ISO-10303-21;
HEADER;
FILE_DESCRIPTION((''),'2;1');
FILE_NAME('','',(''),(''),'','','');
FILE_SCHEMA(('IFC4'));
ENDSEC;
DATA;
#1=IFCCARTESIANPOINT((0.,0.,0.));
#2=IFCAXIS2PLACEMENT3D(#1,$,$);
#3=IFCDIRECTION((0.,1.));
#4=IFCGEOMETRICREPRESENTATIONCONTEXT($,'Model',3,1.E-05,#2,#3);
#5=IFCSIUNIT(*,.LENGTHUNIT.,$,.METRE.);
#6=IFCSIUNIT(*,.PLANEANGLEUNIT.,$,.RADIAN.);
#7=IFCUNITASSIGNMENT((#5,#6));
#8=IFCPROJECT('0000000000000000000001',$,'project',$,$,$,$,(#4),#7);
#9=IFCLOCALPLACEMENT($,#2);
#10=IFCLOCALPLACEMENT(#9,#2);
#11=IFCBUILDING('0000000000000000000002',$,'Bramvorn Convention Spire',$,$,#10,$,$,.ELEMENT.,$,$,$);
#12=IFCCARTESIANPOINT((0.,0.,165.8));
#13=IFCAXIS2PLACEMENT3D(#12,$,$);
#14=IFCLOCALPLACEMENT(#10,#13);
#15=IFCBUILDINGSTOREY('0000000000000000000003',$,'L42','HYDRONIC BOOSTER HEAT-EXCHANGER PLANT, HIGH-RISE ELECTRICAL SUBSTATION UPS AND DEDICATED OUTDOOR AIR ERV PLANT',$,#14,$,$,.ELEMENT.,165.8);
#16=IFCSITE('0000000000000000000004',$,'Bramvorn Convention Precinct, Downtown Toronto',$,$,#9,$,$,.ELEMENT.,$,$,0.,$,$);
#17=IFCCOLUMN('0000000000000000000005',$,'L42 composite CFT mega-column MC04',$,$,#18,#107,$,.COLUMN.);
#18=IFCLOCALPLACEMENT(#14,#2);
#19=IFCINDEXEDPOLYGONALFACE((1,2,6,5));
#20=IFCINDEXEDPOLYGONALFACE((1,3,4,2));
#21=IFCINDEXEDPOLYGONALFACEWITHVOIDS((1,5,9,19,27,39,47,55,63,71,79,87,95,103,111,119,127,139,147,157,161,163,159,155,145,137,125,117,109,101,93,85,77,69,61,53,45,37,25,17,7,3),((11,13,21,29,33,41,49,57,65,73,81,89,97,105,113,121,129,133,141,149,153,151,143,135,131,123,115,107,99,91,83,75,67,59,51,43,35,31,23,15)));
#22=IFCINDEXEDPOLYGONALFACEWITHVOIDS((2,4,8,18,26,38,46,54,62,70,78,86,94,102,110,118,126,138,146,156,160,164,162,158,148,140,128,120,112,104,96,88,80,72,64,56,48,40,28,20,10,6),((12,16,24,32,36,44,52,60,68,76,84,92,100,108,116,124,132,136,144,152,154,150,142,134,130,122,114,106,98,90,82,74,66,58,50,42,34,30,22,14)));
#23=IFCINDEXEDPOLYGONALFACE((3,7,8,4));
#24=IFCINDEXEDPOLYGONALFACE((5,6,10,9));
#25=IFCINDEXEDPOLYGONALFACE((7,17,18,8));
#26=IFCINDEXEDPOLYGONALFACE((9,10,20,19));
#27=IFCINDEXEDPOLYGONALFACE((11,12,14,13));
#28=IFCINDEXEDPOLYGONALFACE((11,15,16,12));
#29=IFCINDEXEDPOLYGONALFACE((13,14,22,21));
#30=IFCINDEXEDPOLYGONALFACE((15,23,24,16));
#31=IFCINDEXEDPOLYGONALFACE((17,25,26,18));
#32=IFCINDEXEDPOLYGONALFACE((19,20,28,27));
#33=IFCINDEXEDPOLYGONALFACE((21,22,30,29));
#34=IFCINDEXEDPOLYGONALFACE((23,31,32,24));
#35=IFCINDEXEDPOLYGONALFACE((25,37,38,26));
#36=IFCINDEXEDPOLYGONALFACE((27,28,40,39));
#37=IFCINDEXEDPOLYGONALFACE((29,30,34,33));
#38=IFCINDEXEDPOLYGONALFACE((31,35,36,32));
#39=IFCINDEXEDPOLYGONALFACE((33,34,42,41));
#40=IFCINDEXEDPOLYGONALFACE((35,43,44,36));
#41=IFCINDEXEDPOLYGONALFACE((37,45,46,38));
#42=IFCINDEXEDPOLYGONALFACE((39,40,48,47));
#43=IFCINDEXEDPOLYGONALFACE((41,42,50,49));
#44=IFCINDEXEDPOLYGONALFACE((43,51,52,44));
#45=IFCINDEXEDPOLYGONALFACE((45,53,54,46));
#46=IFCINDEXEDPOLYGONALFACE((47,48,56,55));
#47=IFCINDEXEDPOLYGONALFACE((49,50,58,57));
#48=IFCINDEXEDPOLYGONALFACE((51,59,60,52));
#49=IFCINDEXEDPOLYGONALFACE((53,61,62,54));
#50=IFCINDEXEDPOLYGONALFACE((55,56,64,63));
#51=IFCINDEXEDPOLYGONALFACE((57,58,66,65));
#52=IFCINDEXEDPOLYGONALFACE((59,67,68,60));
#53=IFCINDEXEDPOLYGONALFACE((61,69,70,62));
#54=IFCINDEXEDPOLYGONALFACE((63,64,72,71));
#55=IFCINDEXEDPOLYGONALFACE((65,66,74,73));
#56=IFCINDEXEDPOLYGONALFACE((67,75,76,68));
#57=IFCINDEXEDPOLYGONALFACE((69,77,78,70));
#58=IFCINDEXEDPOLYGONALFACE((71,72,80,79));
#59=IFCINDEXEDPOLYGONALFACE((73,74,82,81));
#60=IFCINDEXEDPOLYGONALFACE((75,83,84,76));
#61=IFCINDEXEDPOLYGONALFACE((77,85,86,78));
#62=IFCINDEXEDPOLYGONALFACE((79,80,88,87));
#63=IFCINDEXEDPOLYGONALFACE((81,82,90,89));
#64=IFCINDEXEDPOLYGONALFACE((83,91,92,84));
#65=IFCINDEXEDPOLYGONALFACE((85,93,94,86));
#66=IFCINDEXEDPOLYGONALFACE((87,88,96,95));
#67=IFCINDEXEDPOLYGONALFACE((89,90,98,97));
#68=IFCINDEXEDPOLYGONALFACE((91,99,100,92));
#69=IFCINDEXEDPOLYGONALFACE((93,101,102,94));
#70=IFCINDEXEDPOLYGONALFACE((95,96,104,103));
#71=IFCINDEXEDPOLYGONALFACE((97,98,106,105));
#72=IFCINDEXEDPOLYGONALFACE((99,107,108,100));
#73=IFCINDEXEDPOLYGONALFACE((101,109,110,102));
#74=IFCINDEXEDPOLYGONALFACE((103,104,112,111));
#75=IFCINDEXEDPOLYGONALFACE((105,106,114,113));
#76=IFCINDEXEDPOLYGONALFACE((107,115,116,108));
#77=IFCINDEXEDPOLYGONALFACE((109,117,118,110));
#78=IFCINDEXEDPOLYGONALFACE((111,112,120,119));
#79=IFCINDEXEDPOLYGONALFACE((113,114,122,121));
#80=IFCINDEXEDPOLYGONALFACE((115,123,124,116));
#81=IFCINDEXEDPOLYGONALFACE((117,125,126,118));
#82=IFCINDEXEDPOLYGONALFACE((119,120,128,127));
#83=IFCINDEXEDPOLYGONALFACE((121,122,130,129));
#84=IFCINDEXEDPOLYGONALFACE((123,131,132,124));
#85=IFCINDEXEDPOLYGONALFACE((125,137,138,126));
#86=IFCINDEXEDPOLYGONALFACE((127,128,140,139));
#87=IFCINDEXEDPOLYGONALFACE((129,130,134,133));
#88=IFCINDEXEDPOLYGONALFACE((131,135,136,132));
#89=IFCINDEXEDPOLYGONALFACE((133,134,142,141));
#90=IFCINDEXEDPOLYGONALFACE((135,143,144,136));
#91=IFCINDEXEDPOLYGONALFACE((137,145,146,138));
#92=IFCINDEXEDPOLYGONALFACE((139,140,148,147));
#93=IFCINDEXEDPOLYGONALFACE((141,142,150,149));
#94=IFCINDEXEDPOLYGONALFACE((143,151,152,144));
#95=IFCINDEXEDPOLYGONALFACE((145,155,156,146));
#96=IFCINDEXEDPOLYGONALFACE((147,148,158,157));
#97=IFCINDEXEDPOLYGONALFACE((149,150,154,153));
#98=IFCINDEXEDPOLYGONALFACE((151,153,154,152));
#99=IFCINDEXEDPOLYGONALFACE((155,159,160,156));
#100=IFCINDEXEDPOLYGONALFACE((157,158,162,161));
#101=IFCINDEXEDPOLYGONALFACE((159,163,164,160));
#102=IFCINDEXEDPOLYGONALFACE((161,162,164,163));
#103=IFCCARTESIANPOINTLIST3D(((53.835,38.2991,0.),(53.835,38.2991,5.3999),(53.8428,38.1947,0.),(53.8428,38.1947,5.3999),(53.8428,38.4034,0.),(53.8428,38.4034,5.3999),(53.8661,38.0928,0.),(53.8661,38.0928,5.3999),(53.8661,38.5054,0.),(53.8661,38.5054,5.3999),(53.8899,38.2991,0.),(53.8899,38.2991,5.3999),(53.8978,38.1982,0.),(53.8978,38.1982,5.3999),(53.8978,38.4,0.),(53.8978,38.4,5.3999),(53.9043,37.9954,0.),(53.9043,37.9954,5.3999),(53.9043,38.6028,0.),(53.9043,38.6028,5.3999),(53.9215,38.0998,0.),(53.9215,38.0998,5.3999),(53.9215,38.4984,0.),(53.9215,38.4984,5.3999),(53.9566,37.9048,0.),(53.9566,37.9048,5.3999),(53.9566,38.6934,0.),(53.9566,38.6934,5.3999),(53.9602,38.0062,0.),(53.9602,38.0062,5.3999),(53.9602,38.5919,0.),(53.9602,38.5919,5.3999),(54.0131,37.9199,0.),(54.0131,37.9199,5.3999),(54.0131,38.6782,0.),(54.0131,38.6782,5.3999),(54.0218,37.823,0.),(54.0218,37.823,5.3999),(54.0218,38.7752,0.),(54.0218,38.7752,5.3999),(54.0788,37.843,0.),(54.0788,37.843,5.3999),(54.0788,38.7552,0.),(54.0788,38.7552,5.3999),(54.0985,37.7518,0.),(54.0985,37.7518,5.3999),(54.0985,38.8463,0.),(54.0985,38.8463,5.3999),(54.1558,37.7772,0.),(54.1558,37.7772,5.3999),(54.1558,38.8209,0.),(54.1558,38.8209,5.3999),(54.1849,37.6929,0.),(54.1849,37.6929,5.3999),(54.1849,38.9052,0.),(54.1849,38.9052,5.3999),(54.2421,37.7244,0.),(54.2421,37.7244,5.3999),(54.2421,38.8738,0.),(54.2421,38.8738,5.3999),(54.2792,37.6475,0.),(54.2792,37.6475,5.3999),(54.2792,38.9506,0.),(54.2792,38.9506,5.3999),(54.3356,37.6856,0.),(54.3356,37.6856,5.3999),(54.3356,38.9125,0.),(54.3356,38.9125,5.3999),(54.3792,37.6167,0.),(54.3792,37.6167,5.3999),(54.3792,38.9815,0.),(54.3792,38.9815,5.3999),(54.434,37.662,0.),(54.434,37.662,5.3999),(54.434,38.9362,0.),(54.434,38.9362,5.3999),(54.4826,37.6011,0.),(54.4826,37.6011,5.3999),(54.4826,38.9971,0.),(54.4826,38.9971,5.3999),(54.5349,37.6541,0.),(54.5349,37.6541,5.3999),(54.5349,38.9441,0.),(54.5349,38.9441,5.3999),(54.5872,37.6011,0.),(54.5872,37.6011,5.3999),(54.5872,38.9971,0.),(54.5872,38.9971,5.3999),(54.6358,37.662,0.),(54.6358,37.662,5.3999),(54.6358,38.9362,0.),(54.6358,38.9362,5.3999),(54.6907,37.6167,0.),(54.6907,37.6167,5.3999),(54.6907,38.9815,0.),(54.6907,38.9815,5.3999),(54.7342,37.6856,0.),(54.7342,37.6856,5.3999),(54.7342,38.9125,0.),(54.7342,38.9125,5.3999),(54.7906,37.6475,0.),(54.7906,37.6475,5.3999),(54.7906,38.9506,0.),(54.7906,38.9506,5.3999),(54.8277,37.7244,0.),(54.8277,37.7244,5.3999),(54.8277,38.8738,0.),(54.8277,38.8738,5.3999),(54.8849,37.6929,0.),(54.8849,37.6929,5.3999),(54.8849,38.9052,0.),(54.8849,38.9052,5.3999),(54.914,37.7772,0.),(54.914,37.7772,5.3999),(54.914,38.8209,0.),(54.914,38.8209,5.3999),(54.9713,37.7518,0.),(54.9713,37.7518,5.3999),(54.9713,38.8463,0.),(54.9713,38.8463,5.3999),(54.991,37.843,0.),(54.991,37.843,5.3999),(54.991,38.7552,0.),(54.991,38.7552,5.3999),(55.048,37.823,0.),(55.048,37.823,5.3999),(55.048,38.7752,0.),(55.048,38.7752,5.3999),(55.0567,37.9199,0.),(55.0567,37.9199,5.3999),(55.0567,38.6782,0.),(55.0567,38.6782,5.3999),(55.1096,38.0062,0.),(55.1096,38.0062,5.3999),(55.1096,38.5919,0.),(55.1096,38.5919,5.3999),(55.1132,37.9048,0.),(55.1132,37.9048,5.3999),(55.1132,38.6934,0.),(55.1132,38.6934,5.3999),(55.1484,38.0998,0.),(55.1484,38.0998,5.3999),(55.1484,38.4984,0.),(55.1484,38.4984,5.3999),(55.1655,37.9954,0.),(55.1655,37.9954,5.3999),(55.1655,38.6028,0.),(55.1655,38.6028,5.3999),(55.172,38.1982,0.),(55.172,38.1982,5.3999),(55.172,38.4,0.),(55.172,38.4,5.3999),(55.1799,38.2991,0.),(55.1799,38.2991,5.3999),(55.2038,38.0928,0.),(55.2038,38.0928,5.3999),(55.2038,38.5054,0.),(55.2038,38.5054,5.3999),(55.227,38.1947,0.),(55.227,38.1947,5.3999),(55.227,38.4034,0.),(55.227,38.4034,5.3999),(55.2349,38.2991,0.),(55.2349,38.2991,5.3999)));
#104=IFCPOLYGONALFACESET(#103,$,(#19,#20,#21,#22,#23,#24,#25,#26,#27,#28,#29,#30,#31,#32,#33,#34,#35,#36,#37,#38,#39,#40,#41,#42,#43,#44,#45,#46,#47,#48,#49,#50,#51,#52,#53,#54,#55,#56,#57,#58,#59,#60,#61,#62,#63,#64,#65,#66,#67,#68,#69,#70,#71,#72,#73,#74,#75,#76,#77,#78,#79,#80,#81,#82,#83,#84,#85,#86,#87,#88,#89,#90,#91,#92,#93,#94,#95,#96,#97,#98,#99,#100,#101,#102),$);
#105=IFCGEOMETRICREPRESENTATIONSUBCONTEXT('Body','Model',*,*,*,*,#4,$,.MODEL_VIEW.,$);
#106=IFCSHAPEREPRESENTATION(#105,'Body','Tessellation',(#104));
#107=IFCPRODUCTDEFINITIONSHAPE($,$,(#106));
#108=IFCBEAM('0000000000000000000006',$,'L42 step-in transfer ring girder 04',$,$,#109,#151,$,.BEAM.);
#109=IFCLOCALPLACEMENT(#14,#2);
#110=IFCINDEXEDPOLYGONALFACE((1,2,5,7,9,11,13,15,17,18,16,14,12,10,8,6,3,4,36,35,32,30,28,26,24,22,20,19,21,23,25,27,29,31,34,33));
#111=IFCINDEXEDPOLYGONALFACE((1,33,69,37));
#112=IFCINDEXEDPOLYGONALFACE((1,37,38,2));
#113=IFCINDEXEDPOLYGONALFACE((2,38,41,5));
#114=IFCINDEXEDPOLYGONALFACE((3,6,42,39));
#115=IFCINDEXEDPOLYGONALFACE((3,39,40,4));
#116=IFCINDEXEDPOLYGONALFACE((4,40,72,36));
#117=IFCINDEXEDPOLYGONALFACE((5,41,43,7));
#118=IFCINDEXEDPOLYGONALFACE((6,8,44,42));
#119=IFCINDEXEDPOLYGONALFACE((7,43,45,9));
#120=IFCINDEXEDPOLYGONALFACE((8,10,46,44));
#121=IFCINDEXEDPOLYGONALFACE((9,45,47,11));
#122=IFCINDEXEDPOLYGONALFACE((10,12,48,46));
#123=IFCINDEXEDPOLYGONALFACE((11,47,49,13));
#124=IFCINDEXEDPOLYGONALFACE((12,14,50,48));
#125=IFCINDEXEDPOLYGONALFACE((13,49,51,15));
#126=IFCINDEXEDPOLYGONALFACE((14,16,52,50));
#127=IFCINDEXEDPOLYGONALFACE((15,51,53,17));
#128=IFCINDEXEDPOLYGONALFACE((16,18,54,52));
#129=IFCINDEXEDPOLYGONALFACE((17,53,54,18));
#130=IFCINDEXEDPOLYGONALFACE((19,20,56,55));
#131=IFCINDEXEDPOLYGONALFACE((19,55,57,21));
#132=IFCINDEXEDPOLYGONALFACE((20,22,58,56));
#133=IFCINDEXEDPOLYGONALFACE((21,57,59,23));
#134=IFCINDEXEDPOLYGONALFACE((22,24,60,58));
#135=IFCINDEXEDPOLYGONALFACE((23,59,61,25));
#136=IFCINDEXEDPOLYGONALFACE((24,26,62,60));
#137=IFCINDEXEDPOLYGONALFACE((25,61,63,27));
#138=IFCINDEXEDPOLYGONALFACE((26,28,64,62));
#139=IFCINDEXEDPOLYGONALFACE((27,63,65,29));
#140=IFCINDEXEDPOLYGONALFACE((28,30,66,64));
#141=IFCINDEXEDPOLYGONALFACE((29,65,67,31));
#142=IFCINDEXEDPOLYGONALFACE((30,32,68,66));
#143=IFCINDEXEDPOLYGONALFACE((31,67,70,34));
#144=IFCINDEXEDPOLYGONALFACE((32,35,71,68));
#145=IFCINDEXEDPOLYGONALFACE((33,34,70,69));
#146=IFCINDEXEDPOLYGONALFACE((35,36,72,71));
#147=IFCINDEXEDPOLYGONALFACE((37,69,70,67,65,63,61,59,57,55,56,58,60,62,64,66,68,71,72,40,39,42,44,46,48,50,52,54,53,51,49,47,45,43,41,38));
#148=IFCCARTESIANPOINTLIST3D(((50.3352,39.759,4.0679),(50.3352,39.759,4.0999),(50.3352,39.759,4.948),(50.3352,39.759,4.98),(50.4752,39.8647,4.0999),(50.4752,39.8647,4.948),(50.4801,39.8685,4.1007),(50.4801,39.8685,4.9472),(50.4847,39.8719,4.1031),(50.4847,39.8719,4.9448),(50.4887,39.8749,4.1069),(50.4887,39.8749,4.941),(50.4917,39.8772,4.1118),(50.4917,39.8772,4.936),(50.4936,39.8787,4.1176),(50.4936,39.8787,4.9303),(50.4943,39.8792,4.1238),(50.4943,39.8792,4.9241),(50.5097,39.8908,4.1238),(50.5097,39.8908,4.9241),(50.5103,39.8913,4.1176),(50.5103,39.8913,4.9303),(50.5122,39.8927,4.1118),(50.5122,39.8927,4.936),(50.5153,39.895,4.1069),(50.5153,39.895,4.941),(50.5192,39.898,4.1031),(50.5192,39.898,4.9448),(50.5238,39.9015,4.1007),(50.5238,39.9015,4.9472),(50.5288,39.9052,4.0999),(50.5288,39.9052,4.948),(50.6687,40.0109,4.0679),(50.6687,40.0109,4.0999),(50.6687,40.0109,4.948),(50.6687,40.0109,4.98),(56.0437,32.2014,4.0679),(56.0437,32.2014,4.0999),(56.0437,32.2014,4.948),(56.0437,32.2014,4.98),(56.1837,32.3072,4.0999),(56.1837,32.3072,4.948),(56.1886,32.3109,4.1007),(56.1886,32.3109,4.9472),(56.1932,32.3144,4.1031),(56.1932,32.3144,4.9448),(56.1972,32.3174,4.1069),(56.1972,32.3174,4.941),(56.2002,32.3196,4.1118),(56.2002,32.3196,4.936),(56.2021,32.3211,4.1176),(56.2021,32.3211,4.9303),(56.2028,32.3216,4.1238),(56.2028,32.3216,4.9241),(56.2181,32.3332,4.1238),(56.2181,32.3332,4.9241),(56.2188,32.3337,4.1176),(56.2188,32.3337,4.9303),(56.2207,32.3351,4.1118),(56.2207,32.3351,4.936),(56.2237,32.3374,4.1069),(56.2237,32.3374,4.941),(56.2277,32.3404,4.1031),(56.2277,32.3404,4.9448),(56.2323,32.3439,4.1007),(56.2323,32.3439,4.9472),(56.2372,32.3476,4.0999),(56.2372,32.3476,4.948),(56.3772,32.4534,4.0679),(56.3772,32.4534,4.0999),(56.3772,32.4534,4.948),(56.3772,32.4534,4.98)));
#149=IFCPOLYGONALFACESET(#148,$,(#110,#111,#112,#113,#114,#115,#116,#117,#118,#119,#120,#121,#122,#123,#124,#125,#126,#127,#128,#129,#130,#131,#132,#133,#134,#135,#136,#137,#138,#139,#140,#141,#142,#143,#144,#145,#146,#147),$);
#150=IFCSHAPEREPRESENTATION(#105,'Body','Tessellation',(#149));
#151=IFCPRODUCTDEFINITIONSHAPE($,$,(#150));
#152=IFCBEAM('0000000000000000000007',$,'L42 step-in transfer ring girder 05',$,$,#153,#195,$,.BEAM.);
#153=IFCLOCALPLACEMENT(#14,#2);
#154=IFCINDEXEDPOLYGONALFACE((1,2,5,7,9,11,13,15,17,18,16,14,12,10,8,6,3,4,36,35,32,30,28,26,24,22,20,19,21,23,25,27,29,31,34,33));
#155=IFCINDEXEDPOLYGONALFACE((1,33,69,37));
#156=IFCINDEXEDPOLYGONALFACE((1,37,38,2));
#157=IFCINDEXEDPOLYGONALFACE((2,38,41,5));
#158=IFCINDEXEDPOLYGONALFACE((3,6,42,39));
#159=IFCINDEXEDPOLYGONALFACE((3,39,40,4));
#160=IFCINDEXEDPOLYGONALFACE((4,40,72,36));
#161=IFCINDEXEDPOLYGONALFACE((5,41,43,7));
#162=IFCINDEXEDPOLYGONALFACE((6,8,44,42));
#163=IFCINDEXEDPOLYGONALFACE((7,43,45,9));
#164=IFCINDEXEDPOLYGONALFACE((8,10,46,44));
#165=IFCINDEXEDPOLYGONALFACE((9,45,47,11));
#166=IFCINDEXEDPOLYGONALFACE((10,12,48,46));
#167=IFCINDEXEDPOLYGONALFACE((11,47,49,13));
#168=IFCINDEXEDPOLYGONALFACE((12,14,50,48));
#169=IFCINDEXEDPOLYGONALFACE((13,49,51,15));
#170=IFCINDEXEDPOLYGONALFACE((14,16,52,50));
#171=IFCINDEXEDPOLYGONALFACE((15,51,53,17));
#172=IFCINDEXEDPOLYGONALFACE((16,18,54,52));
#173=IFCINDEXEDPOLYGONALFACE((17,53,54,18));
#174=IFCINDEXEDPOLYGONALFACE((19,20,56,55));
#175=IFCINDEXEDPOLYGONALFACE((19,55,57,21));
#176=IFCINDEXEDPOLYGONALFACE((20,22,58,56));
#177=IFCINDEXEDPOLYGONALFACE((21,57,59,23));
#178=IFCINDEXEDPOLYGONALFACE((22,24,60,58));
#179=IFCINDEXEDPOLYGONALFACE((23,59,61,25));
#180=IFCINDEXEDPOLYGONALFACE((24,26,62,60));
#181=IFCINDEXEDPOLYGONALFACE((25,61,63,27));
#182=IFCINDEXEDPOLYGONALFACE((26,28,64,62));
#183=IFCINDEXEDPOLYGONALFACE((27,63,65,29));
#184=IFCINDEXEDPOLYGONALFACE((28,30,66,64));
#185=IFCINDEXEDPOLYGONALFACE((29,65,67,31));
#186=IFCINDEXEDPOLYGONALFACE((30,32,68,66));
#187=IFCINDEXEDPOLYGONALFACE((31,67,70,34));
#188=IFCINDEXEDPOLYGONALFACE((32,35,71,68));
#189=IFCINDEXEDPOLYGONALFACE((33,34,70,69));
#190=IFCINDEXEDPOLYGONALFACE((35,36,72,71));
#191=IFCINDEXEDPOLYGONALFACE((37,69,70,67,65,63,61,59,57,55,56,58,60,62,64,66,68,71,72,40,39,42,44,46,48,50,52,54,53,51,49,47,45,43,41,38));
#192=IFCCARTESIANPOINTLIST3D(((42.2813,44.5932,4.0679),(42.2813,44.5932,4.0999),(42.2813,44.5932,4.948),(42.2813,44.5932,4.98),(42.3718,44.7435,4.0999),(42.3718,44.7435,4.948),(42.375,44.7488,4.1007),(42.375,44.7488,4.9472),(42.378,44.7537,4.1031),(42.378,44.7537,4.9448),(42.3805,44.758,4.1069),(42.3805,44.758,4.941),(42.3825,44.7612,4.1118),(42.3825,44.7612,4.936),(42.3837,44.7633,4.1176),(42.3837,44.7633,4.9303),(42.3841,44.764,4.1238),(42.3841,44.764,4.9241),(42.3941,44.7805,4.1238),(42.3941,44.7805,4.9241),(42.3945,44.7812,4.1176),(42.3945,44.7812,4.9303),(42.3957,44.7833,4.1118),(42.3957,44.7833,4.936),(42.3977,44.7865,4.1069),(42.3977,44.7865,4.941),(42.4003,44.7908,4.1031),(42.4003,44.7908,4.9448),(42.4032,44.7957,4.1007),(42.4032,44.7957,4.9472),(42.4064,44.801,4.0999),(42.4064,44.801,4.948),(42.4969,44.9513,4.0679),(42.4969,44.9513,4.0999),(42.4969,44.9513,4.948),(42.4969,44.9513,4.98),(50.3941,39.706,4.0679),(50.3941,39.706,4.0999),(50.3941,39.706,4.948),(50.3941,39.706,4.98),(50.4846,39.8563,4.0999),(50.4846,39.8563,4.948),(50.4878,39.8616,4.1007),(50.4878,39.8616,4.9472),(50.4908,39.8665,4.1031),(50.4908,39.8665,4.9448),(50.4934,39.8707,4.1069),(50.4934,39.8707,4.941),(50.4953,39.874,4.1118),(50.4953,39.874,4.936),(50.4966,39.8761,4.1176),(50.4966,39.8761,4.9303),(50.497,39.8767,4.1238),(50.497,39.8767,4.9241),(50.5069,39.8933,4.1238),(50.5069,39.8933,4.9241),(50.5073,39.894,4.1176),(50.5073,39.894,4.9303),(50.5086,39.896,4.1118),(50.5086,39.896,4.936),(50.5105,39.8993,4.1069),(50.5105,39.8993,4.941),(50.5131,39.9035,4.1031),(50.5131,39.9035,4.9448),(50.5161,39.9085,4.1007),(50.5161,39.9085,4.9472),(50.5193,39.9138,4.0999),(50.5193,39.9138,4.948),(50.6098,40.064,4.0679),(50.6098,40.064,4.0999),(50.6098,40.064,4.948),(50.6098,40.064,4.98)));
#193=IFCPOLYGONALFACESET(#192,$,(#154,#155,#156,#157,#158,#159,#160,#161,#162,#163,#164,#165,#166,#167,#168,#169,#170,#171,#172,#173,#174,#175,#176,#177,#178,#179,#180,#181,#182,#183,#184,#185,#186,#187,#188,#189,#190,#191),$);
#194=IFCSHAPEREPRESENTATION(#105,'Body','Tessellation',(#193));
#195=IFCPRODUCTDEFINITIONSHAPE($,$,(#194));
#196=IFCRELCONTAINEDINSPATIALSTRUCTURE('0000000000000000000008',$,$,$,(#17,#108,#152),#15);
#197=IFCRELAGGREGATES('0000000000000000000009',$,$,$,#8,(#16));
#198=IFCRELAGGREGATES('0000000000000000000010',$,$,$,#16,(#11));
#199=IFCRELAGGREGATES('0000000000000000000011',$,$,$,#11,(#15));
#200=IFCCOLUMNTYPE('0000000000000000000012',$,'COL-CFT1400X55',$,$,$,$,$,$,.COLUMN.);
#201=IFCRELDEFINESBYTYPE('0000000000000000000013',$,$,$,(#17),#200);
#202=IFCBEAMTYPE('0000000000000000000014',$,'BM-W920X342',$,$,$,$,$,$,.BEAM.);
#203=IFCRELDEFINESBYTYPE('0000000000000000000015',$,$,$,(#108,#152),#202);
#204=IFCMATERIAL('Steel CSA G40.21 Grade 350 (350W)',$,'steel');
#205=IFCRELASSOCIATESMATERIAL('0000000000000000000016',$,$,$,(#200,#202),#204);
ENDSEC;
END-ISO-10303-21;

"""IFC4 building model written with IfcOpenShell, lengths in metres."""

from ifc_helpers import new_model, si_unit, direction, frame, origin, origin_2d, place, context, subcontext, project, spatial, hollow_circle, i_section, extrude, material, material_profile, profile_set, type_object, element, save


model = new_model("IFC4")

# Units and contexts
model_context = context("Model", 3, precision=1e-05, world=origin(), true_north=direction((0.0, 1.0)))
body_context = subcontext(model_context, "Body", "Model", "MODEL_VIEW")
ifc_project = project(units=[si_unit("LENGTHUNIT", "METRE"), si_unit("PLANEANGLEUNIT", "RADIAN")], contexts=[model_context])

# Site, building, storey
site_placement = place(None, origin())
site = spatial("IfcSite", under=ifc_project, at=site_placement, Name="Bramvorn Convention Precinct, Downtown Toronto", CompositionType="ELEMENT", RefElevation=0.0)
building_placement = place(site_placement, origin())
building = spatial("IfcBuilding", under=site, at=building_placement, Name="Bramvorn Convention Spire", CompositionType="ELEMENT")
storey_placement = place(building_placement, frame((0.0, 0.0, 165.8)))
storey = spatial("IfcBuildingStorey", under=building, at=storey_placement, Name="L42", Description="HYDRONIC BOOSTER HEAT-EXCHANGER PLANT, HIGH-RISE ELECTRICAL SUBSTATION UPS AND DEDICATED OUTDOOR AIR ERV PLANT", CompositionType="ELEMENT", Elevation=165.8)

# Column
ifc_material_1 = material(Name="Steel CSA G40.21 Grade 350 (350W)", Category="steel")
ifc_material_profile_1 = material_profile(ifc_material_1, hollow_circle(Radius=0.7, WallThickness=0.0549, at=origin_2d()))
ifc_profile_set_1 = profile_set([ifc_material_profile_1], Name="Steel CSA G40.21 Grade 350 (350W) - CFT1400X55")
column_type = type_object("IfcColumnType", Name="COL-CFT1400X55", PredefinedType="COLUMN", material=ifc_profile_set_1)
column_placement = place(storey_placement, frame((54.5349, 38.2991, 0.0), z_axis=(0.0, 0.0, 1.0), x_axis=(1.0, 0.0, 0.0)))
element("IfcColumn", 1, at=column_placement, inside=storey, type_object=column_type, Name="L42 composite CFT mega-column MC04", PredefinedType="COLUMN", context=body_context, shape_type="SweptSolid", body=[
    extrude(hollow_circle(Radius=0.7, WallThickness=0.0549, at=origin_2d()), origin(), (0.0, 0.0, 1.0), 5.3999),
])

# Beams
ifc_material_profile_2 = material_profile(ifc_material_1, i_section(OverallWidth=0.418, OverallDepth=0.9121, WebThickness=0.0193, FlangeThickness=0.032, FilletRadius=0.0239, at=origin_2d()))
ifc_profile_set_2 = profile_set([ifc_material_profile_2], Name="Steel CSA G40.21 Grade 350 (350W) - W920X342")
beam_type = type_object("IfcBeamType", Name="BM-W920X342", PredefinedType="BEAM", material=ifc_profile_set_2)
for number, where, z_axis, x_axis, name in (
    (2, (56.2104, 32.3274, 4.5239), (-0.602719, 0.797954, 0.0), (-0.797954, -0.602719, 0.0), "L42 step-in transfer ring girder 04"),
    (3, (50.502, 39.885, 4.5239), (-0.856582, 0.516011, 0.0), (-0.516011, -0.856582, 0.0), "L42 step-in transfer ring girder 05"),
):
    element("IfcBeam", number, at=place(storey_placement, frame(where, z_axis=z_axis, x_axis=x_axis)), inside=storey, type_object=beam_type, Name=name, PredefinedType="BEAM", context=body_context, shape_type="SweptSolid", body=[
        extrude(i_section(OverallWidth=0.418, OverallDepth=0.9121, WebThickness=0.0193, FlangeThickness=0.032, FilletRadius=0.0239, at=origin_2d()), origin(), (0.0, 0.0, 1.0), 9.4712),
    ])

save(model, "model.ifc")
